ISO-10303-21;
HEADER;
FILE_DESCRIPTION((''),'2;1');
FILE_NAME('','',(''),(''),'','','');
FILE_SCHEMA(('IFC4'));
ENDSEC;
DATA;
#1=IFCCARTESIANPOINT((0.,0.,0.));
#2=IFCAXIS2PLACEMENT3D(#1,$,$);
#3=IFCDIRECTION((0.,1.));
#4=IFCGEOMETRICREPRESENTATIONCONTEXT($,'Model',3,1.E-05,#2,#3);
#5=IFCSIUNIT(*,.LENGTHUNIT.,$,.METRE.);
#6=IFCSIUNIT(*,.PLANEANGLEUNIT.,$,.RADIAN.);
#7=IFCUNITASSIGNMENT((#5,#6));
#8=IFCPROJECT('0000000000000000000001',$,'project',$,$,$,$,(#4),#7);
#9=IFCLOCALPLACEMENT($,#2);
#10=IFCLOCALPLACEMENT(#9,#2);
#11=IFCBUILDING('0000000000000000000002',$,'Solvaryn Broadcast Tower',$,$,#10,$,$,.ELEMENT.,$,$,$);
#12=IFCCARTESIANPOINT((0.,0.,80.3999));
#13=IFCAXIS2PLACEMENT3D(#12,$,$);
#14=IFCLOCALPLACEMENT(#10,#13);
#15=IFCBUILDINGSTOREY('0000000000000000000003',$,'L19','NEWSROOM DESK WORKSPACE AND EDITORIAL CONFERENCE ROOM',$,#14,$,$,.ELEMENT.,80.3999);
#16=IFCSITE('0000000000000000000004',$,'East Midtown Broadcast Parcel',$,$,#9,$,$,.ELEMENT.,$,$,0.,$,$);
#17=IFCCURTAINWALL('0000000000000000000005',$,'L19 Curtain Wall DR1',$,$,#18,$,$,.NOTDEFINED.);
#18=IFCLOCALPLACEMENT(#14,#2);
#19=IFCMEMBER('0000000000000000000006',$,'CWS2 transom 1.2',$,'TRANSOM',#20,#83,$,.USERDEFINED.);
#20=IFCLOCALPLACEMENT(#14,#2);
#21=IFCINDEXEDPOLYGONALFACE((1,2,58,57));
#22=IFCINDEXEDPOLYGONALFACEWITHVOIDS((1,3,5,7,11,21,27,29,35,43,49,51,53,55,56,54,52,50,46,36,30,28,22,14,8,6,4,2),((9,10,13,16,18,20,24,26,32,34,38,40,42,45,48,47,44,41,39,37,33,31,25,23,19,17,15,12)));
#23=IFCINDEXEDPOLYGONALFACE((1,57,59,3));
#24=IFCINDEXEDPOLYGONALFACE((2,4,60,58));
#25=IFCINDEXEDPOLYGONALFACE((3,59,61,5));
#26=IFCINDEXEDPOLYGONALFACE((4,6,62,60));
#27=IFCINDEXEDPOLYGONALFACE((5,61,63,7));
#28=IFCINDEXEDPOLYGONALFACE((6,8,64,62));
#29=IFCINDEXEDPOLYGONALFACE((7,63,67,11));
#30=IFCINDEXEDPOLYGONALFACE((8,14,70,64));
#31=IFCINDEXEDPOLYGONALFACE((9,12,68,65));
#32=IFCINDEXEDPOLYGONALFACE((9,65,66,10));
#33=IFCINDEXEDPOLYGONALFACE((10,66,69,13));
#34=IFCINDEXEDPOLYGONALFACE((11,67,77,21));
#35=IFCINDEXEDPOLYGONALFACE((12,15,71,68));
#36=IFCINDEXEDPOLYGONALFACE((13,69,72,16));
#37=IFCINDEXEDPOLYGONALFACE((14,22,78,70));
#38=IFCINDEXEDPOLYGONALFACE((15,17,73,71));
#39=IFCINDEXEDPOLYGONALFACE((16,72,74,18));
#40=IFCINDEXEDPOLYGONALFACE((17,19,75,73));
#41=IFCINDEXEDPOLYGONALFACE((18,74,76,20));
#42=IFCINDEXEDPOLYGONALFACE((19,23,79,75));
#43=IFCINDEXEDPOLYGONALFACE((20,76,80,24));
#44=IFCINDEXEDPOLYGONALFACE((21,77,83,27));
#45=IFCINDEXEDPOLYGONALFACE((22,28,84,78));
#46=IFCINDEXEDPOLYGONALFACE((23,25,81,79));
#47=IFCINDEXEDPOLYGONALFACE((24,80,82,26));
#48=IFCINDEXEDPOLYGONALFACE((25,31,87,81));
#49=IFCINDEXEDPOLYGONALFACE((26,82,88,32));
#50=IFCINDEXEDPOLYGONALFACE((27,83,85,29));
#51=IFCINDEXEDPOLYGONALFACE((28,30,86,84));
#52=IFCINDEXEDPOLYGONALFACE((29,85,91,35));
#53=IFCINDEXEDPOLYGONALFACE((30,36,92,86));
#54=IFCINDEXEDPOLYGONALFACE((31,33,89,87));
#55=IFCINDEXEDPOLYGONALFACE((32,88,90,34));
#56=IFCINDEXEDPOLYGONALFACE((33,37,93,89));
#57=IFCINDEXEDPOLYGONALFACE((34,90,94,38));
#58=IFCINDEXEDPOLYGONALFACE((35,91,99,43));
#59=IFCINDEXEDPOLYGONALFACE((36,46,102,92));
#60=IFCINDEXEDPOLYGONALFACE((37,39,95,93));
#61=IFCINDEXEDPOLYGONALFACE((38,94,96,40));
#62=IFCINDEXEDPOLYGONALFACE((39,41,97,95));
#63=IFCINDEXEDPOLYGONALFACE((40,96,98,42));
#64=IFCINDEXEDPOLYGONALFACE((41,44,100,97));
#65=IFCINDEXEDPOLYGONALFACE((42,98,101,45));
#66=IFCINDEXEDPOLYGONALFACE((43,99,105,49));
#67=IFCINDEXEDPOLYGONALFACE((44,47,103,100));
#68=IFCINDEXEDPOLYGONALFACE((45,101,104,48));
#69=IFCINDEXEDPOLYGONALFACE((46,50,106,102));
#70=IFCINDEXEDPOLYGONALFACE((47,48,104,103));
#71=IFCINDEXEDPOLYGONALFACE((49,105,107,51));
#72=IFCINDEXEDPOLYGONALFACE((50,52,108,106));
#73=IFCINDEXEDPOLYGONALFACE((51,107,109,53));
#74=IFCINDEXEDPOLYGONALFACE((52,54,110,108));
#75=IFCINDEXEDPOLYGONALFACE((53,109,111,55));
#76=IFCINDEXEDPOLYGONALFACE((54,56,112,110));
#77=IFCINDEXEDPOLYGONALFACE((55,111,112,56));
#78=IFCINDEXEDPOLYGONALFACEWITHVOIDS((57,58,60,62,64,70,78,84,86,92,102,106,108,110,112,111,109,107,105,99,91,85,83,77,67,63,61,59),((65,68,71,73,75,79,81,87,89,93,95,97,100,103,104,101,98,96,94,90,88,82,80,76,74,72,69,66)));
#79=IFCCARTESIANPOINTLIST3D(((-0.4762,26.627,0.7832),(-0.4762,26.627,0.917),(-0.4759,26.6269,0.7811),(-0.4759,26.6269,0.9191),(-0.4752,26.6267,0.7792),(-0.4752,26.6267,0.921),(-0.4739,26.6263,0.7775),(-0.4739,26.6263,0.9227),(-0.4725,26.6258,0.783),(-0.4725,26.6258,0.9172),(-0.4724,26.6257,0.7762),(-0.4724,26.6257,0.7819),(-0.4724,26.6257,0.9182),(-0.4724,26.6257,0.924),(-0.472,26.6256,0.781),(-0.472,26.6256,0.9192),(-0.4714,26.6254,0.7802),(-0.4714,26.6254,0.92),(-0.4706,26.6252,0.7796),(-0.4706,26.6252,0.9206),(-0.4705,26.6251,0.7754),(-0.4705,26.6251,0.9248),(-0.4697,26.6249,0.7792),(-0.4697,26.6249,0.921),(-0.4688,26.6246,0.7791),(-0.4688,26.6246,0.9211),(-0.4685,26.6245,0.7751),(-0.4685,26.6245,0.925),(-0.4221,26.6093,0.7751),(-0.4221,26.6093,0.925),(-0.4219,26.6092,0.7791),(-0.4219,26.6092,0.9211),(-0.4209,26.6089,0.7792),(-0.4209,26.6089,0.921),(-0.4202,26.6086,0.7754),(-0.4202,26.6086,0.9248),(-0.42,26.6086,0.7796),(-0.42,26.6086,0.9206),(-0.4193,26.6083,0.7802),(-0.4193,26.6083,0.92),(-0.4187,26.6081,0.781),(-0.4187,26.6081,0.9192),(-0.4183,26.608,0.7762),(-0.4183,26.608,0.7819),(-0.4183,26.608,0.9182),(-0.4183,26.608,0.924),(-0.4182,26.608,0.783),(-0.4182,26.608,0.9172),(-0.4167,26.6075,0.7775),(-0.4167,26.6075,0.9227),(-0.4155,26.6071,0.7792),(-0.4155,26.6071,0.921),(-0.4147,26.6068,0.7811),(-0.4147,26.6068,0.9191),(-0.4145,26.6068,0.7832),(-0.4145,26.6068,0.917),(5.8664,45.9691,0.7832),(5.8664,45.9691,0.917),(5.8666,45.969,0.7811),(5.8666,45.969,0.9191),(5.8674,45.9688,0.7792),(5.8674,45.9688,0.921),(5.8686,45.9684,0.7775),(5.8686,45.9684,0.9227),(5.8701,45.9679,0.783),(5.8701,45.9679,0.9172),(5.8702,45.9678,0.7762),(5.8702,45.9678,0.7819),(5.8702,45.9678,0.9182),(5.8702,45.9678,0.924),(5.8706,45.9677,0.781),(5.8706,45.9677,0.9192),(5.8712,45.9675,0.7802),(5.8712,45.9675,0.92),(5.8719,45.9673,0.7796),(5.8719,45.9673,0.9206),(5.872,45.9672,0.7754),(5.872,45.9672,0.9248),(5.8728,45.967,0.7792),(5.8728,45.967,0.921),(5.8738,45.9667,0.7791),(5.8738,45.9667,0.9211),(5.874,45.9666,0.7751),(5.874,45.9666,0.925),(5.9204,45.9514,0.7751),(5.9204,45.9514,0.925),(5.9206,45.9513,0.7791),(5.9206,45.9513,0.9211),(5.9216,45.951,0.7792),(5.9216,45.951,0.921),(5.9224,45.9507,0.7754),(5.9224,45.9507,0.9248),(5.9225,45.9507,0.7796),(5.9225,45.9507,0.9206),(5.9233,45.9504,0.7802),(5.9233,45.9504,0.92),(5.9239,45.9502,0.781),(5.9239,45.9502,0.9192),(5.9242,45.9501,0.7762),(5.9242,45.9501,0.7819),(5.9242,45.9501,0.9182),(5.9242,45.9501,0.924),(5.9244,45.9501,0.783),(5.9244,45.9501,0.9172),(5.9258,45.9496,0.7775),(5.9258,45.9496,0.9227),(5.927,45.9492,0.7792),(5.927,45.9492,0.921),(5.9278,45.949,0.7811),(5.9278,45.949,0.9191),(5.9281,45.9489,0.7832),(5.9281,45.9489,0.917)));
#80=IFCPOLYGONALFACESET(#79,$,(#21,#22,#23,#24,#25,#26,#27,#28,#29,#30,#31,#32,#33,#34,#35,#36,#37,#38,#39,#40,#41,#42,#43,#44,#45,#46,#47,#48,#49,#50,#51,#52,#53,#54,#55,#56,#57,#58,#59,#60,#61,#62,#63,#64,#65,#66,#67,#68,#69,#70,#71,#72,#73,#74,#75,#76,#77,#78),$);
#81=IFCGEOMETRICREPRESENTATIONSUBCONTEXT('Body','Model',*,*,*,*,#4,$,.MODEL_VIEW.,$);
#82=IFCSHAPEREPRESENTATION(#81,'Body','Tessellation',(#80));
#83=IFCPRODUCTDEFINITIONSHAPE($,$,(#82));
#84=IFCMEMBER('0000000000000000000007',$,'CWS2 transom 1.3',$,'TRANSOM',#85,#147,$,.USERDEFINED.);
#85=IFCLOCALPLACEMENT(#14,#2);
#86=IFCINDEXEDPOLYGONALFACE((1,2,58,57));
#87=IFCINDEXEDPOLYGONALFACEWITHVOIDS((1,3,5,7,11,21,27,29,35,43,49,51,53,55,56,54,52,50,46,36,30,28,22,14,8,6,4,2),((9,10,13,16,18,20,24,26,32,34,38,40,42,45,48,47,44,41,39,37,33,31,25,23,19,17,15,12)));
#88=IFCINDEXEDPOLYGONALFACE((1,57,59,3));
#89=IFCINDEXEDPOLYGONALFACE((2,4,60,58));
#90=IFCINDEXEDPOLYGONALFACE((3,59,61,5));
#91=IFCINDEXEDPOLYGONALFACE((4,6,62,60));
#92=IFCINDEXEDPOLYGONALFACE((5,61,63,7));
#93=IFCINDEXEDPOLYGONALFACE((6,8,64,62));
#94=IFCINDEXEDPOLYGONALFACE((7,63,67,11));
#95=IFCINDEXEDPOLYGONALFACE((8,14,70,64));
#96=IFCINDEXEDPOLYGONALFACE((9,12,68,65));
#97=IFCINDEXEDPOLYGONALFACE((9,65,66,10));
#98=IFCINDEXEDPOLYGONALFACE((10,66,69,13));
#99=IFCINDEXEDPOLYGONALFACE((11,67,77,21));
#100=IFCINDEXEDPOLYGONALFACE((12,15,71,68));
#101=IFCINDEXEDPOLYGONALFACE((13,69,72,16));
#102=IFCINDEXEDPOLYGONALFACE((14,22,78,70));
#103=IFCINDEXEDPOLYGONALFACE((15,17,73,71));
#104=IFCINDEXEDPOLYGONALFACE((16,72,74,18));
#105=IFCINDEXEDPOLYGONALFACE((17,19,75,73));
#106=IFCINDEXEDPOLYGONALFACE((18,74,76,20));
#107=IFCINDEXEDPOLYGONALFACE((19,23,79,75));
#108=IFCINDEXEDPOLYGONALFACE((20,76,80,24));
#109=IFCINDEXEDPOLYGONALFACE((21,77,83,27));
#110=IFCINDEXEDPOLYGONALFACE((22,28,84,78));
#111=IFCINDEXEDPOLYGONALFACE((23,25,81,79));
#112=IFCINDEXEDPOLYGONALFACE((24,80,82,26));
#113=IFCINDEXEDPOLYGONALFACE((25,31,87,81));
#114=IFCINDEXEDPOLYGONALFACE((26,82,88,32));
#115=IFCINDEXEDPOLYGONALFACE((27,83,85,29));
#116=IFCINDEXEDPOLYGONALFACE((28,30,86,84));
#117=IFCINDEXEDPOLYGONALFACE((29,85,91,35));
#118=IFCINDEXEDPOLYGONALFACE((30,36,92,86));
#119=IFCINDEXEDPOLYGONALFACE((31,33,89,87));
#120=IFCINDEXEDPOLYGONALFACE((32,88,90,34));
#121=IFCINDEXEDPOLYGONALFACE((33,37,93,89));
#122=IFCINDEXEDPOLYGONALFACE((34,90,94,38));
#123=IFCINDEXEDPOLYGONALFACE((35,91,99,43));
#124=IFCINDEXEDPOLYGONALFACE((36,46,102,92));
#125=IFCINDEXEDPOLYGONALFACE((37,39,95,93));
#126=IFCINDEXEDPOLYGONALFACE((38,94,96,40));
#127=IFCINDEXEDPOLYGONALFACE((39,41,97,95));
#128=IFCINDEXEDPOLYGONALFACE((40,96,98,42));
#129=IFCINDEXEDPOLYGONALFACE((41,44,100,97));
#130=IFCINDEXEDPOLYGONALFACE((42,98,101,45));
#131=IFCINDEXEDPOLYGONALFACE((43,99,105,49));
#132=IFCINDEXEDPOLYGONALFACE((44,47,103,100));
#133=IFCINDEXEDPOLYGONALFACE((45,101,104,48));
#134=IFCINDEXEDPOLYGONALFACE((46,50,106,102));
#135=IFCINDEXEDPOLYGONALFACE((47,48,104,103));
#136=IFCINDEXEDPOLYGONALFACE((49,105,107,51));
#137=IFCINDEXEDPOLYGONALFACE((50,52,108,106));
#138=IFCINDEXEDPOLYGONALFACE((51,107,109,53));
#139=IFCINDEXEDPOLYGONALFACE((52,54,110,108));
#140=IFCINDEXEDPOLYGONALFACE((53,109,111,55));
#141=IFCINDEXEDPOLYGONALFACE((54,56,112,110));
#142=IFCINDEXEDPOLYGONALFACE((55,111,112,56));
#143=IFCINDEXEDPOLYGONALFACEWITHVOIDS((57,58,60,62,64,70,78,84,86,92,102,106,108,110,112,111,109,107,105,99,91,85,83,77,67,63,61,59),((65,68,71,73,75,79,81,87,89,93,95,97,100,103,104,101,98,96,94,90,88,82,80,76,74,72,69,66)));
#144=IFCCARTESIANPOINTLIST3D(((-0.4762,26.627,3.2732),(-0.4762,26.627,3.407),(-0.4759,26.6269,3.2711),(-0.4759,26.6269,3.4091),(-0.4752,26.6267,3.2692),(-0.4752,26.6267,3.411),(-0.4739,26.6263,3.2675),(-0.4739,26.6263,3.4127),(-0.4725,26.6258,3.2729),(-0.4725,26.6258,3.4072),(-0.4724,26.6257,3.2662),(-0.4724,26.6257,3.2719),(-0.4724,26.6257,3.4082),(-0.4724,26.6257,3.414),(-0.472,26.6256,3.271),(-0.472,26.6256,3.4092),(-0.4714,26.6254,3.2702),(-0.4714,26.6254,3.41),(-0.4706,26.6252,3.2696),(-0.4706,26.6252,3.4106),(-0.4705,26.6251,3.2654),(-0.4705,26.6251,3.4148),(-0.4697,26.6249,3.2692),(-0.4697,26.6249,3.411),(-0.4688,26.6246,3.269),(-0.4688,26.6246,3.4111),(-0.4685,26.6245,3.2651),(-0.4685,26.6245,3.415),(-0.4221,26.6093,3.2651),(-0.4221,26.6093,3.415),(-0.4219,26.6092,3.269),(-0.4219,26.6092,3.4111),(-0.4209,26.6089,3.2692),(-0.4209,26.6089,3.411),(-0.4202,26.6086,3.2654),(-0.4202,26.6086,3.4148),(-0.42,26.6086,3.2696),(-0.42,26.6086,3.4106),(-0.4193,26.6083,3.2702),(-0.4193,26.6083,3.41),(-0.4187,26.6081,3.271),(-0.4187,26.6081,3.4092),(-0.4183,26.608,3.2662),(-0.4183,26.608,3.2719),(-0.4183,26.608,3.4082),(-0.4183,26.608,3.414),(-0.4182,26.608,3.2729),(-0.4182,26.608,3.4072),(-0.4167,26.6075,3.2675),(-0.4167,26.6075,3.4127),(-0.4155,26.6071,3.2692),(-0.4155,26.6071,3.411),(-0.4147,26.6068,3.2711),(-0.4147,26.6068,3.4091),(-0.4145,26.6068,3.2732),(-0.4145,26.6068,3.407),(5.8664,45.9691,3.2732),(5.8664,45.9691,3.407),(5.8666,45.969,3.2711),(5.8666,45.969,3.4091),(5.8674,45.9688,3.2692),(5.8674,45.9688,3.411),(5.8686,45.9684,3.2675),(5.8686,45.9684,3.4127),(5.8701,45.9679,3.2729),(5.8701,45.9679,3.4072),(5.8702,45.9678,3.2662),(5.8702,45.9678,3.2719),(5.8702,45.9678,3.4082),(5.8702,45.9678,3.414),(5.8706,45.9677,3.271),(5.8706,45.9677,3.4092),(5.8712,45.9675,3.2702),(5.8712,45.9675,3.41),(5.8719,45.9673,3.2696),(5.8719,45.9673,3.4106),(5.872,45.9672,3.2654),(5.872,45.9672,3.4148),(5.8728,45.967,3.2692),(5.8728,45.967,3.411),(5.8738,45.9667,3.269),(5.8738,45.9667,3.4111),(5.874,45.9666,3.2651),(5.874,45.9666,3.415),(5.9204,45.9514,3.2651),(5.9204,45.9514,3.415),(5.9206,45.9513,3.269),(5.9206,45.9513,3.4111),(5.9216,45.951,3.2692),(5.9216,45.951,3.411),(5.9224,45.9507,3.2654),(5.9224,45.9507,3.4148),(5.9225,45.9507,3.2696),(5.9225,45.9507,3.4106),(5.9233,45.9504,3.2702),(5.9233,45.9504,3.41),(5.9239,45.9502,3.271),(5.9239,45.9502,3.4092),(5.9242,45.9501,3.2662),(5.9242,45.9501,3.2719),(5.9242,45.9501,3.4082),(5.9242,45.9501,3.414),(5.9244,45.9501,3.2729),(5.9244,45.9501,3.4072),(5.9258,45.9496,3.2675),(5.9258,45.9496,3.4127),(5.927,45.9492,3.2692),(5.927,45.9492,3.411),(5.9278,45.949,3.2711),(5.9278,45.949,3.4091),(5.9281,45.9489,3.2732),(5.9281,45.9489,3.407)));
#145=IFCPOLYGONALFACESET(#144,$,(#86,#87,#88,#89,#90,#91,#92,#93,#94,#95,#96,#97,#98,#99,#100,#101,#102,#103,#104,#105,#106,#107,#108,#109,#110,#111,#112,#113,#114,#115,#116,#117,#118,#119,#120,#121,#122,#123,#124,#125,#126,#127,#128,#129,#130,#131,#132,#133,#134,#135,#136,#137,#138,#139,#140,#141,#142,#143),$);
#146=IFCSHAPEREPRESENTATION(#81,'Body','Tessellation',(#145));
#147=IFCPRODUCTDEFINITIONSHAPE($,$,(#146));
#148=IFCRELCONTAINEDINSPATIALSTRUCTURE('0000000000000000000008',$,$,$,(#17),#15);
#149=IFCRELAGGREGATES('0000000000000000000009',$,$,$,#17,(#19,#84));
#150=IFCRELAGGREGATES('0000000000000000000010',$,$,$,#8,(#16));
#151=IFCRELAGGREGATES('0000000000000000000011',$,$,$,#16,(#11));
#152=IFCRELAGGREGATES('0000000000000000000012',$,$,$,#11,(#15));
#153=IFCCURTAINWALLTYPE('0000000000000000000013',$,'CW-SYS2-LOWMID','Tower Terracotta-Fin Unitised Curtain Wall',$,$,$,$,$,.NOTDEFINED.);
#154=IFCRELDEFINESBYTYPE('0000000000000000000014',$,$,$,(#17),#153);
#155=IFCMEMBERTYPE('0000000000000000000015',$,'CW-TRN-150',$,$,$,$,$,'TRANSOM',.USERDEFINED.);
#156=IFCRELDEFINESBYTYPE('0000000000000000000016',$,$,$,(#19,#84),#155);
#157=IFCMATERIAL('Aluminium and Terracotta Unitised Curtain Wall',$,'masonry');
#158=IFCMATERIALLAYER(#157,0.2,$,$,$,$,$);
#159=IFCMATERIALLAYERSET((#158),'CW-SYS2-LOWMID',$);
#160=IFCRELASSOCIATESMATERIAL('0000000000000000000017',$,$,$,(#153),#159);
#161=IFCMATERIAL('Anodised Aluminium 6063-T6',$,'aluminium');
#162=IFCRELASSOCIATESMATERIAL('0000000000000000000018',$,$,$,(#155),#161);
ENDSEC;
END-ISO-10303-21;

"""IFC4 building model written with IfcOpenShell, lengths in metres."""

from ifc_helpers import new_model, si_unit, direction, frame, origin, origin_2d, place, context, subcontext, project, spatial, hollow_rectangle, extrude, material, layer, layer_set, material_profile, profile_set, type_object, element, aggregate, save


model = new_model("IFC4")

# Units and contexts
model_context = context("Model", 3, precision=1e-05, world=origin(), true_north=direction((0.0, 1.0)))
body_context = subcontext(model_context, "Body", "Model", "MODEL_VIEW")
ifc_project = project(units=[si_unit("LENGTHUNIT", "METRE"), si_unit("PLANEANGLEUNIT", "RADIAN")], contexts=[model_context])

# Site, building, storey
site_placement = place(None, origin())
site = spatial("IfcSite", under=ifc_project, at=site_placement, Name="East Midtown Broadcast Parcel", CompositionType="ELEMENT", RefElevation=0.0)
building_placement = place(site_placement, origin())
building = spatial("IfcBuilding", under=site, at=building_placement, Name="Solvaryn Broadcast Tower", CompositionType="ELEMENT")
storey_placement = place(building_placement, frame((0.0, 0.0, 80.3999)))
storey = spatial("IfcBuildingStorey", under=building, at=storey_placement, Name="L19", Description="NEWSROOM DESK WORKSPACE AND EDITORIAL CONFERENCE ROOM", CompositionType="ELEMENT", Elevation=80.3999)

# Curtain wall
ifc_material_1 = material(Name="Aluminium and Terracotta Unitised Curtain Wall", Category="masonry")
ifc_layer_1 = layer(ifc_material_1, 0.2)
ifc_layer_set_1 = layer_set([ifc_layer_1], Name="CW-SYS2-LOWMID")
curtain_wall_type = type_object("IfcCurtainWallType", Name="CW-SYS2-LOWMID", Description="Tower Terracotta-Fin Unitised Curtain Wall", PredefinedType="NOTDEFINED", material=ifc_layer_set_1)
curtain_wall_1_placement = place(storey_placement, origin())
curtain_wall_1 = element("IfcCurtainWall", 1, at=curtain_wall_1_placement, inside=storey, type_object=curtain_wall_type, Name="L19 Curtain Wall DR1", PredefinedType="NOTDEFINED")

# Members
ifc_material_2 = material(Name="Anodised Aluminium 6063-T6", Category="aluminium")
ifc_material_profile_1 = material_profile(ifc_material_2, hollow_rectangle(XDim=0.0649, YDim=0.1499, WallThickness=0.0039, InnerFilletRadius=0.0039, OuterFilletRadius=0.0081, at=origin_2d()))
ifc_profile_set_1 = profile_set([ifc_material_profile_1], Name="Anodised Aluminium 6063-T6")
member_type_1 = type_object("IfcMemberType", Name="CW-TRN-150", ElementType="TRANSOM", PredefinedType="USERDEFINED", material=ifc_profile_set_1)
member_1_placement = place(storey_placement, frame((5.8972, 45.959, 0.8501), z_axis=(-0.31159, -0.950217, 0.0), x_axis=(0.950217, -0.31159, 0.0)))
member_1 = element("IfcMember", 2, at=member_1_placement, type_object=member_type_1, Name="CWS2 transom 1.2", ObjectType="TRANSOM", PredefinedType="USERDEFINED", context=body_context, shape_type="SweptSolid", body=[
    extrude(hollow_rectangle(XDim=0.0649, YDim=0.1499, WallThickness=0.0039, InnerFilletRadius=0.0039, OuterFilletRadius=0.0081, at=origin_2d()), origin(), (0.0, 0.0, 1.0), 20.3555),
])
member_2_placement = place(storey_placement, frame((5.8972, 45.959, 3.3401), z_axis=(-0.31159, -0.950217, 0.0), x_axis=(0.950217, -0.31159, 0.0)))
member_2 = element("IfcMember", 3, at=member_2_placement, type_object=member_type_1, Name="CWS2 transom 1.3", ObjectType="TRANSOM", PredefinedType="USERDEFINED", context=body_context, shape_type="SweptSolid", body=[
    extrude(hollow_rectangle(XDim=0.0649, YDim=0.1499, WallThickness=0.0039, InnerFilletRadius=0.0039, OuterFilletRadius=0.0081, at=origin_2d()), origin(), (0.0, 0.0, 1.0), 20.3555),
])
aggregate(curtain_wall_1, [member_1, member_2])

save(model, "model.ifc")
